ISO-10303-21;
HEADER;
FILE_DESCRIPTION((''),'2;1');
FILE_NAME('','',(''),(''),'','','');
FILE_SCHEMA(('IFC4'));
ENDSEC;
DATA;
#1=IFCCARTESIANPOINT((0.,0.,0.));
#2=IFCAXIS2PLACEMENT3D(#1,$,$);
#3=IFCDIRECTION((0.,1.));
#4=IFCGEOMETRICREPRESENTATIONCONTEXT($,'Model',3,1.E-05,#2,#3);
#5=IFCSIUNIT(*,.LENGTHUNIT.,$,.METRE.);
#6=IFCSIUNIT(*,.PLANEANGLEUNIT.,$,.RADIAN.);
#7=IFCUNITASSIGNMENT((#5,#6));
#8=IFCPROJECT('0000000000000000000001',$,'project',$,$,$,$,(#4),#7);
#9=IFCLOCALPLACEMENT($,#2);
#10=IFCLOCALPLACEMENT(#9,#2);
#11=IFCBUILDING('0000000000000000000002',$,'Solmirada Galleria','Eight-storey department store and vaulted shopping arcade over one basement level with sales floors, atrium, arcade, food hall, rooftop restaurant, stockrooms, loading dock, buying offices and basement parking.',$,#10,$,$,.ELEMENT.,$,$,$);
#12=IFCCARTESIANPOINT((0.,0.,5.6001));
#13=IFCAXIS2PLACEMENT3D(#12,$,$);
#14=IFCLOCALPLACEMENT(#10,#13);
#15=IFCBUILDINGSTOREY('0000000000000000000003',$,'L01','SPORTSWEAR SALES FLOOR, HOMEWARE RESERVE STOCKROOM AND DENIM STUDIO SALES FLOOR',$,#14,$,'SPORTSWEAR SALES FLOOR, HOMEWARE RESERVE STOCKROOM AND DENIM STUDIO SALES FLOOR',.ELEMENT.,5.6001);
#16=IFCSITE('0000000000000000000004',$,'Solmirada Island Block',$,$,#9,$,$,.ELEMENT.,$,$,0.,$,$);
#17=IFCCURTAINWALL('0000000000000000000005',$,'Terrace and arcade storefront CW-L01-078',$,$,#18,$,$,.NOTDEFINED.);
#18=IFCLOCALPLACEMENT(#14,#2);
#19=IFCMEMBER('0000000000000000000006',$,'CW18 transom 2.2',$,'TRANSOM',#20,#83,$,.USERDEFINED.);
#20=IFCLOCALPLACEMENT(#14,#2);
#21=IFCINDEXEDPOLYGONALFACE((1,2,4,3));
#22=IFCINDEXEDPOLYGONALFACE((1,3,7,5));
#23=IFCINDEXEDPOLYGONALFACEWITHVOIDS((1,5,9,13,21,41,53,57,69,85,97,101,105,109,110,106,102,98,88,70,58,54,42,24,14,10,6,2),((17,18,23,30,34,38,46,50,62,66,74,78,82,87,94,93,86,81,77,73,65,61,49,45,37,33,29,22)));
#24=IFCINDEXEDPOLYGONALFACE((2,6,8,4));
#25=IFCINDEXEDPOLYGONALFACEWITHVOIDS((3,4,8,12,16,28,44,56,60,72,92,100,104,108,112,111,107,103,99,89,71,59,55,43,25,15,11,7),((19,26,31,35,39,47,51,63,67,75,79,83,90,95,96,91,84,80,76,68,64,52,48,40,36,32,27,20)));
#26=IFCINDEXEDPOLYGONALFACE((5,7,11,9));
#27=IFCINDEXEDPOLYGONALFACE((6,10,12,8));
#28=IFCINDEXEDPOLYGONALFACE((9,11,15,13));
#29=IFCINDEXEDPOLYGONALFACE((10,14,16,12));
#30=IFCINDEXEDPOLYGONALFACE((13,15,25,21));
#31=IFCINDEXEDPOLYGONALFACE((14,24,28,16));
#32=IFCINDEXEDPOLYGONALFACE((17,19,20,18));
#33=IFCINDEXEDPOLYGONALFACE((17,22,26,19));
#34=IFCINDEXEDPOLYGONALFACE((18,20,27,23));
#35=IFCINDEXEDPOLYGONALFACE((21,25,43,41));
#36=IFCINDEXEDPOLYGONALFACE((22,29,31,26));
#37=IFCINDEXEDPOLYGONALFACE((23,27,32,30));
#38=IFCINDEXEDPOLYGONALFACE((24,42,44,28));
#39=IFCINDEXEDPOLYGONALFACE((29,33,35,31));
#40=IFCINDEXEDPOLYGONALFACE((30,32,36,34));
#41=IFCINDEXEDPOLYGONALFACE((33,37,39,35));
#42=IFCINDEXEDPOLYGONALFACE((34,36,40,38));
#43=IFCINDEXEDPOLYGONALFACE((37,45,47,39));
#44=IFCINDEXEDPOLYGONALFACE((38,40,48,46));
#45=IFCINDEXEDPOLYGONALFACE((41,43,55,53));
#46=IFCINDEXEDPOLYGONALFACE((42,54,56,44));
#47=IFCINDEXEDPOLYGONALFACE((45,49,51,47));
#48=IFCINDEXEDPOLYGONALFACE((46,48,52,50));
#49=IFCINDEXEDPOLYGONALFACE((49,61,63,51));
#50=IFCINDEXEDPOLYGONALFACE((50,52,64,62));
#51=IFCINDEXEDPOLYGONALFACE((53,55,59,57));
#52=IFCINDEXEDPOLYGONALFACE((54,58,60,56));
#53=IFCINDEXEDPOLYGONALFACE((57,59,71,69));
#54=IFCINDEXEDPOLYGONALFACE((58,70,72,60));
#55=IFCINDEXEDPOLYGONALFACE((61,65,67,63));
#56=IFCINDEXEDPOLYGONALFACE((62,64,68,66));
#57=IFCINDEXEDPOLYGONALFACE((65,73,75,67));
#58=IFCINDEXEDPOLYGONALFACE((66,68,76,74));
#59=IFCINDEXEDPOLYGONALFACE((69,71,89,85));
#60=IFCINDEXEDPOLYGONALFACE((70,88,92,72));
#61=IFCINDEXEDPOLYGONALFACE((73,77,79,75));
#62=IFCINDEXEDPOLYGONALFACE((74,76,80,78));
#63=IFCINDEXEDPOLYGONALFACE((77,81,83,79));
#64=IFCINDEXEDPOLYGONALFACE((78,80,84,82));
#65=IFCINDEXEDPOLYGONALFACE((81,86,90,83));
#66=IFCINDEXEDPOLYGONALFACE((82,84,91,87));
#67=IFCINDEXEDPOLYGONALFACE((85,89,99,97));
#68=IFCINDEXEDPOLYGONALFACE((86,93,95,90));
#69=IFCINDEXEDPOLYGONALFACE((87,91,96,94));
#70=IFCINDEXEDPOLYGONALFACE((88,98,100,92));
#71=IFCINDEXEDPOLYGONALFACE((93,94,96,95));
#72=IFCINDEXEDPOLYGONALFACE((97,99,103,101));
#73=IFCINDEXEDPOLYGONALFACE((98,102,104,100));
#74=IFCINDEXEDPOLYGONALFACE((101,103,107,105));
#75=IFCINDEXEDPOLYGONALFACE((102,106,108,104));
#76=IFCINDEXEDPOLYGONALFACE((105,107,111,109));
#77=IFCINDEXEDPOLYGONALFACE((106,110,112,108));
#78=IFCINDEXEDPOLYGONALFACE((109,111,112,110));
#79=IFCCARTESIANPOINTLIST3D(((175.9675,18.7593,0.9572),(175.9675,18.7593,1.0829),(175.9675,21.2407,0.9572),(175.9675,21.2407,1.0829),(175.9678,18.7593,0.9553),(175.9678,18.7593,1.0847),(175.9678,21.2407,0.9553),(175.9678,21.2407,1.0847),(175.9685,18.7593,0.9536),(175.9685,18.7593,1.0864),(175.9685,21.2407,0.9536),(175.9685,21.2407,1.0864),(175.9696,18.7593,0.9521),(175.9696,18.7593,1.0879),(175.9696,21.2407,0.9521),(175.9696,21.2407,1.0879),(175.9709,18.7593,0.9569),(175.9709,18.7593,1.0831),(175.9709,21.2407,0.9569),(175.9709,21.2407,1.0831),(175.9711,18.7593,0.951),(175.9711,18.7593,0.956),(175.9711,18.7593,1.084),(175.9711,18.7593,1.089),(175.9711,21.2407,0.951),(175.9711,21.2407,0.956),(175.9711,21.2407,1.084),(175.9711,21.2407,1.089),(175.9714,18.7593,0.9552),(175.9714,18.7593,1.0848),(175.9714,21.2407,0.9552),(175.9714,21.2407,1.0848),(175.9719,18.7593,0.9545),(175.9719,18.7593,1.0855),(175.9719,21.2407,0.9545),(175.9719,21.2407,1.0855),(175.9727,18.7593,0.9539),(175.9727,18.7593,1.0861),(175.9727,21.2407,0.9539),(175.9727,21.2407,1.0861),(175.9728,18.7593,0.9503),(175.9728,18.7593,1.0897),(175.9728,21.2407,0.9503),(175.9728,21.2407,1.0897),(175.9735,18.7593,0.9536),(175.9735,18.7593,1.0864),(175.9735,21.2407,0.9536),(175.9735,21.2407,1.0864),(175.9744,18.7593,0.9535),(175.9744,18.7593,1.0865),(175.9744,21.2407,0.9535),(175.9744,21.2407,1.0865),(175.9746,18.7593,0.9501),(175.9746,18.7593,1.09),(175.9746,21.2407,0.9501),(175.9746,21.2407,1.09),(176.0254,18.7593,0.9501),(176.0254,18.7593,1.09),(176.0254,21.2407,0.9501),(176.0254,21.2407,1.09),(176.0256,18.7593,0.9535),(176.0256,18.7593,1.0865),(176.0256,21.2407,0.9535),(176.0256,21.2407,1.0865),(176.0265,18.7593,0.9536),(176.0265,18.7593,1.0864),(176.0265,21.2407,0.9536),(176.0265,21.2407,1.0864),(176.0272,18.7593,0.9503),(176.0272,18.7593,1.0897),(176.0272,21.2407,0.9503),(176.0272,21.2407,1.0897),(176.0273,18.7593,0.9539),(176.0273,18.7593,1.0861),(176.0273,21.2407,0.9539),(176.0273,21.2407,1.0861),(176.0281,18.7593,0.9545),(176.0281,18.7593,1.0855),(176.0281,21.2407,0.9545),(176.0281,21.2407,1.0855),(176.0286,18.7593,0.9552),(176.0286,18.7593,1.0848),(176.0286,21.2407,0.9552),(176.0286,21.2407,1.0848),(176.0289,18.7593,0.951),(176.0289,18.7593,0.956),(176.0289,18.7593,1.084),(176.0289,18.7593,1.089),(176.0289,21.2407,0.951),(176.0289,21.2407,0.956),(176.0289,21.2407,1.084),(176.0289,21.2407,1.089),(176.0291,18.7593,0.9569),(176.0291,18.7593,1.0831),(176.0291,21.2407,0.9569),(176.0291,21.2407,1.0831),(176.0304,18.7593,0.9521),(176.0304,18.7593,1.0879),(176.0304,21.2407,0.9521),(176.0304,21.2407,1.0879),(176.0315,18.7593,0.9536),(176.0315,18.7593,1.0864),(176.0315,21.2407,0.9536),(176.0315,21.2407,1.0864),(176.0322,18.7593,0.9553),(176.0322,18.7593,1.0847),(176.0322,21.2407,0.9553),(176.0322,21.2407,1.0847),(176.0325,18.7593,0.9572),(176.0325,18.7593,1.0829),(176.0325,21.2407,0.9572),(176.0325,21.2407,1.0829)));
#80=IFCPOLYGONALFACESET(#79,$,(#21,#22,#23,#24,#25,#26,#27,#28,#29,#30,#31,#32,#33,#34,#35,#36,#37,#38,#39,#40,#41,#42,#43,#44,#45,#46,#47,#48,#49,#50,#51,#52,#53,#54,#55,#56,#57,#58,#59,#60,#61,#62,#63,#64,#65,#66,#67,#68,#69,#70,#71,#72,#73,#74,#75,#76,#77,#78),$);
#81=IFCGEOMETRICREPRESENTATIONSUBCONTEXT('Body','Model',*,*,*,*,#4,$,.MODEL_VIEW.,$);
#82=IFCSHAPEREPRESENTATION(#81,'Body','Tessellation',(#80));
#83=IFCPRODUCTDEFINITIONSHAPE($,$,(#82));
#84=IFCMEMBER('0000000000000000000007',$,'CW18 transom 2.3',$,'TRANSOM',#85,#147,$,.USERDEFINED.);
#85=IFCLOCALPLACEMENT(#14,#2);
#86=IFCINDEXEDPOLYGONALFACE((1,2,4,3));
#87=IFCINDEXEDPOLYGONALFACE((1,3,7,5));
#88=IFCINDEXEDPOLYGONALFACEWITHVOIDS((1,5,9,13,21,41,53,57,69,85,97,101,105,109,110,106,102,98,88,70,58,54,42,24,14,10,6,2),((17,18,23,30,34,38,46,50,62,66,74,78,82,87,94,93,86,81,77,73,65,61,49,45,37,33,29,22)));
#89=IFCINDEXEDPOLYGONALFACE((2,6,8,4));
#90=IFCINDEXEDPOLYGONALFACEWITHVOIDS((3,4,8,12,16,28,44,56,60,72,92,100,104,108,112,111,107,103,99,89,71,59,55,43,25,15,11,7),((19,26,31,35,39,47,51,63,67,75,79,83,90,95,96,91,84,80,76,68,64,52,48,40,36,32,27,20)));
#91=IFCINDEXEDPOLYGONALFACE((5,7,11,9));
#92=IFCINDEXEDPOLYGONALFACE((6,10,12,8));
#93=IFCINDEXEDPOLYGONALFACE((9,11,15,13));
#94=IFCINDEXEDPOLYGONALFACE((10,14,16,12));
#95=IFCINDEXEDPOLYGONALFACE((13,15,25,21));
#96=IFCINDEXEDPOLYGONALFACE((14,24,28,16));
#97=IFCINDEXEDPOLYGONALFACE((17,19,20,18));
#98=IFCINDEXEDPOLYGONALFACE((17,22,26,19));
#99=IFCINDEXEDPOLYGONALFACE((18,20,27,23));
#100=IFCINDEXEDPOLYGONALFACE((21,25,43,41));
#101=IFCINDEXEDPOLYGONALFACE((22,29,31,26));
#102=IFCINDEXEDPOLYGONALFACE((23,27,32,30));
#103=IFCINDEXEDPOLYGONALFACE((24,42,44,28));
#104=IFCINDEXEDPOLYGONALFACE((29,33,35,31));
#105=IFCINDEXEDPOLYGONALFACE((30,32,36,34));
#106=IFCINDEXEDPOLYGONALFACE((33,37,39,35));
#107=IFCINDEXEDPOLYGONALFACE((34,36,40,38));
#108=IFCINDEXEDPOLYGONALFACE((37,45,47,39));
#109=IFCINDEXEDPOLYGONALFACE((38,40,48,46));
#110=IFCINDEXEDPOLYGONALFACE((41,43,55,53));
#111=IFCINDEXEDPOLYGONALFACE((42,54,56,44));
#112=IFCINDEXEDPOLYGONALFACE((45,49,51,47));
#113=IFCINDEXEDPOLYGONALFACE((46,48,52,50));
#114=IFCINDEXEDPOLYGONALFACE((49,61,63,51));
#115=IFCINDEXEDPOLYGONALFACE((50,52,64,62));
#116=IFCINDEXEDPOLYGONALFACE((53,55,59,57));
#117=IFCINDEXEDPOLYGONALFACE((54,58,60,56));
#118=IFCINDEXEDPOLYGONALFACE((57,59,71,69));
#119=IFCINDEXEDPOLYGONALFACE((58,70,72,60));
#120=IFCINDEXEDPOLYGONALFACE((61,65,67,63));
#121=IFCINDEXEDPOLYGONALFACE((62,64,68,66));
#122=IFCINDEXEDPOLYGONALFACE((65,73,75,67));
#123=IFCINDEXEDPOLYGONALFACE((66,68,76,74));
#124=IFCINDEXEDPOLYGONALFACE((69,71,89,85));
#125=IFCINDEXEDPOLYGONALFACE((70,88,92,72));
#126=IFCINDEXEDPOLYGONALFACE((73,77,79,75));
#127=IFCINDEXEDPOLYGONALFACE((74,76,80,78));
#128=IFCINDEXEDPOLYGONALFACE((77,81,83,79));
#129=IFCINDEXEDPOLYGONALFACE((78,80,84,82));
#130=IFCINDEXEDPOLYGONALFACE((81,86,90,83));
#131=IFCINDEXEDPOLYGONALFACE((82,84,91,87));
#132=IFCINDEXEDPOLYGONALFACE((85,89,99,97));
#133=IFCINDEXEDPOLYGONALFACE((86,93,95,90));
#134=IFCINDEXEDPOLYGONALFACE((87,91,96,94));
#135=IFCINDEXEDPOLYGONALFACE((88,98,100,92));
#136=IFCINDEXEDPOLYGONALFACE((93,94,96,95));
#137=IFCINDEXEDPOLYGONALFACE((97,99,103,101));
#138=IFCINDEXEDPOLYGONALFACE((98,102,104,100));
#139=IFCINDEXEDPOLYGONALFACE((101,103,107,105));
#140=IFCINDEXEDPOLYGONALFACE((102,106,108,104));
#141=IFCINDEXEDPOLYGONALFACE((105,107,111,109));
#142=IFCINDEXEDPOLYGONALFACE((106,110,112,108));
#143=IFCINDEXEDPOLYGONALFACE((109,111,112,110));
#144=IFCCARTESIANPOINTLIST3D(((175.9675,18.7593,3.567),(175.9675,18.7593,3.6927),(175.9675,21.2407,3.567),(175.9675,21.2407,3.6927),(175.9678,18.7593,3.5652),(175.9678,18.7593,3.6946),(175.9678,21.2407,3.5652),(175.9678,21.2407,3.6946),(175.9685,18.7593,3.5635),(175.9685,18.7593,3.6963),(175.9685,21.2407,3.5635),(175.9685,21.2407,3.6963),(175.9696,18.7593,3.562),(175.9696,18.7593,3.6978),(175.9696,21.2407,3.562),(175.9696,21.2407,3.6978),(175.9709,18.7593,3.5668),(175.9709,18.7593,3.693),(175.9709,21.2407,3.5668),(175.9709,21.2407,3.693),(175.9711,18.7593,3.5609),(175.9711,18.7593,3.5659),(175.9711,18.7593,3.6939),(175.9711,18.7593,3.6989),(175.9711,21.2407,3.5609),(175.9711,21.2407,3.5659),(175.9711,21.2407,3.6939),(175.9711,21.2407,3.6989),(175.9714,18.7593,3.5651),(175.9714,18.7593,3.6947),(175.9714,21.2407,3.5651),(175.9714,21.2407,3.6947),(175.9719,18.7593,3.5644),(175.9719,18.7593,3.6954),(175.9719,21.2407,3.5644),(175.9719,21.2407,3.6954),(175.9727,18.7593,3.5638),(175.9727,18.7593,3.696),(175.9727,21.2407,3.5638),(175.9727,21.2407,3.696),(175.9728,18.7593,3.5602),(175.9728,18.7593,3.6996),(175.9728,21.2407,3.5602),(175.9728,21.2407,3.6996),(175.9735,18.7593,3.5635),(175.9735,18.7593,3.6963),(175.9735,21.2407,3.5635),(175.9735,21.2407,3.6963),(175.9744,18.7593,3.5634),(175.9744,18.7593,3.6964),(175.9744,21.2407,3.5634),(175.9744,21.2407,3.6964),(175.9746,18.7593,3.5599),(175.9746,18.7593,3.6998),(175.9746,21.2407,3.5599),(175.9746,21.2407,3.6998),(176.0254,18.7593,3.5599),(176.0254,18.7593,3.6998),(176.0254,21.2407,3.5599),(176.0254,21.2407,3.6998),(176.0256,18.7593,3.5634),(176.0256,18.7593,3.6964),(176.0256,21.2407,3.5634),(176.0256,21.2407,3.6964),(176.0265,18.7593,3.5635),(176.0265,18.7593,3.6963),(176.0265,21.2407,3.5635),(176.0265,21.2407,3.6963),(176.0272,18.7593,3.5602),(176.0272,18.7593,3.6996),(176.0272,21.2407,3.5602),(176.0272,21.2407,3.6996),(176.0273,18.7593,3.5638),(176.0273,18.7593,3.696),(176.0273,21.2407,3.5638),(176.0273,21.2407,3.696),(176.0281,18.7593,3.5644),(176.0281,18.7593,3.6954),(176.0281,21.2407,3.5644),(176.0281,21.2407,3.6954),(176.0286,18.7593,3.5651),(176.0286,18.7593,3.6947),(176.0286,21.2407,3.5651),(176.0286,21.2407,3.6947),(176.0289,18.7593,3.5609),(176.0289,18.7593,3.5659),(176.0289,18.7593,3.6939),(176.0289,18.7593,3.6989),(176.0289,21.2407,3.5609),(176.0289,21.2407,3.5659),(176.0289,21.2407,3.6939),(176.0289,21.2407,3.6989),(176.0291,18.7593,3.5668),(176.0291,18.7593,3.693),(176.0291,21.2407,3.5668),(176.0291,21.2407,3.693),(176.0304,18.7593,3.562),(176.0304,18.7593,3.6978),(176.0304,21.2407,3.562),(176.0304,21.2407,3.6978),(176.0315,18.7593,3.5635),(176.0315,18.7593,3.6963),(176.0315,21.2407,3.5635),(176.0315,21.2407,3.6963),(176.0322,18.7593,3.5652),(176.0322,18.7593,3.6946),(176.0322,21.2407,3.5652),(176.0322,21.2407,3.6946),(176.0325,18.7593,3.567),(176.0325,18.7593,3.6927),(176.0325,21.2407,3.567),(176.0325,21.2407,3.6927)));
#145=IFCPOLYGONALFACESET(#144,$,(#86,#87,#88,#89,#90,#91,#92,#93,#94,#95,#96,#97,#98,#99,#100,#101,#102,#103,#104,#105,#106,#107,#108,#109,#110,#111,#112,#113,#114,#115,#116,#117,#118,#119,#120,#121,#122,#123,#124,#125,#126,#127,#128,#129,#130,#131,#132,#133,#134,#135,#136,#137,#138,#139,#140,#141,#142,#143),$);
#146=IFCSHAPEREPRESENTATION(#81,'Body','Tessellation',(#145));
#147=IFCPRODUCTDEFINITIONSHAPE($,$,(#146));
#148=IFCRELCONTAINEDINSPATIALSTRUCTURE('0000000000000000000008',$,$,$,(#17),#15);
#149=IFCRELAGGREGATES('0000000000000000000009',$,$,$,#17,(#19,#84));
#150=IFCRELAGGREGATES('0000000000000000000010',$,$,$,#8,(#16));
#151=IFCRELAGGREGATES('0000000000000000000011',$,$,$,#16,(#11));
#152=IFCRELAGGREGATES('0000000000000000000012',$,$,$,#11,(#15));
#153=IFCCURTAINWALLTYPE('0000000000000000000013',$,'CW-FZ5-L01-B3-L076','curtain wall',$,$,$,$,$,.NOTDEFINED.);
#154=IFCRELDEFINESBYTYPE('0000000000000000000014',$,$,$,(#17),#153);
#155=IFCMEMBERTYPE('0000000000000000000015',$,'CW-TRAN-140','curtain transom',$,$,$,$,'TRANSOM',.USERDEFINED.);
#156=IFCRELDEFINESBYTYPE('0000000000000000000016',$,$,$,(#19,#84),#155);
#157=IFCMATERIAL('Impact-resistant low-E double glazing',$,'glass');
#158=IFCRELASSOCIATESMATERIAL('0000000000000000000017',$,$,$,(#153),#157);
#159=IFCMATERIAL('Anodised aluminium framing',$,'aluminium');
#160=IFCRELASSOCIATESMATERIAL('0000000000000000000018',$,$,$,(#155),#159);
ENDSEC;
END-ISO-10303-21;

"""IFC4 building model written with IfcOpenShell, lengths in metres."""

from ifc_helpers import new_model, si_unit, direction, frame, origin, origin_2d, place, context, subcontext, project, spatial, hollow_rectangle, extrude, material, material_profile, profile_set, type_object, element, aggregate, save


model = new_model("IFC4")

# Units and contexts
model_context = context("Model", 3, precision=1e-05, world=origin(), true_north=direction((0.0, 1.0)))
body_context = subcontext(model_context, "Body", "Model", "MODEL_VIEW")
ifc_project = project(units=[si_unit("LENGTHUNIT", "METRE"), si_unit("PLANEANGLEUNIT", "RADIAN")], contexts=[model_context])

# Site, building, storey
site_placement = place(None, origin())
site = spatial("IfcSite", under=ifc_project, at=site_placement, Name="Solmirada Island Block", CompositionType="ELEMENT", RefElevation=0.0)
building_placement = place(site_placement, origin())
building = spatial("IfcBuilding", under=site, at=building_placement, Name="Solmirada Galleria", Description="Eight-storey department store and vaulted shopping arcade over one basement level with sales floors, atrium, arcade, food hall, rooftop restaurant, stockrooms, loading dock, buying offices and basement parking.", CompositionType="ELEMENT")
storey_placement = place(building_placement, frame((0.0, 0.0, 5.6001)))
storey = spatial("IfcBuildingStorey", under=building, at=storey_placement, Name="L01", Description="SPORTSWEAR SALES FLOOR, HOMEWARE RESERVE STOCKROOM AND DENIM STUDIO SALES FLOOR", LongName="SPORTSWEAR SALES FLOOR, HOMEWARE RESERVE STOCKROOM AND DENIM STUDIO SALES FLOOR", CompositionType="ELEMENT", Elevation=5.6001)

# Curtain wall, members
ifc_material_1 = material(Name="Impact-resistant low-E double glazing", Category="glass")
curtain_wall_type = type_object("IfcCurtainWallType", Name="CW-FZ5-L01-B3-L076", Description="curtain wall", PredefinedType="NOTDEFINED", material=ifc_material_1)
curtain_wall_placement = place(storey_placement, origin())
curtain_wall = element("IfcCurtainWall", 1, at=curtain_wall_placement, inside=storey, type_object=curtain_wall_type, Name="Terrace and arcade storefront CW-L01-078", PredefinedType="NOTDEFINED")
ifc_material_2 = material(Name="Anodised aluminium framing", Category="aluminium")
ifc_material_profile_1 = material_profile(ifc_material_2, hollow_rectangle(XDim=0.0649, YDim=0.1399, WallThickness=0.0034, InnerFilletRadius=0.0034, OuterFilletRadius=0.0071, at=origin_2d()), Name="ALU-TRAN-140X65")
ifc_profile_set_1 = profile_set([ifc_material_profile_1], Name="Anodised aluminium framing")
member_type_1 = type_object("IfcMemberType", Name="CW-TRAN-140", Description="curtain transom", ElementType="TRANSOM", PredefinedType="USERDEFINED", material=ifc_profile_set_1)
member_1_placement = place(storey_placement, frame((176.0, 21.2407, 1.02), z_axis=(0.0, -1.0, 0.0), x_axis=(1.0, 0.0, 0.0)))
member_1 = element("IfcMember", 2, at=member_1_placement, type_object=member_type_1, Name="CW18 transom 2.2", ObjectType="TRANSOM", PredefinedType="USERDEFINED", context=body_context, shape_type="SweptSolid", body=[
    extrude(hollow_rectangle(XDim=0.0649, YDim=0.1399, WallThickness=0.0034, InnerFilletRadius=0.0034, OuterFilletRadius=0.0071, at=origin_2d()), origin(), (0.0, 0.0, 1.0), 2.4814),
])
member_2_placement = place(storey_placement, frame((176.0, 21.2407, 3.6299), z_axis=(0.0, -1.0, 0.0), x_axis=(1.0, 0.0, 0.0)))
member_2 = element("IfcMember", 3, at=member_2_placement, type_object=member_type_1, Name="CW18 transom 2.3", ObjectType="TRANSOM", PredefinedType="USERDEFINED", context=body_context, shape_type="SweptSolid", body=[
    extrude(hollow_rectangle(XDim=0.0649, YDim=0.1399, WallThickness=0.0034, InnerFilletRadius=0.0034, OuterFilletRadius=0.0071, at=origin_2d()), origin(), (0.0, 0.0, 1.0), 2.4814),
])
aggregate(curtain_wall, [member_1, member_2])

save(model, "model.ifc")
